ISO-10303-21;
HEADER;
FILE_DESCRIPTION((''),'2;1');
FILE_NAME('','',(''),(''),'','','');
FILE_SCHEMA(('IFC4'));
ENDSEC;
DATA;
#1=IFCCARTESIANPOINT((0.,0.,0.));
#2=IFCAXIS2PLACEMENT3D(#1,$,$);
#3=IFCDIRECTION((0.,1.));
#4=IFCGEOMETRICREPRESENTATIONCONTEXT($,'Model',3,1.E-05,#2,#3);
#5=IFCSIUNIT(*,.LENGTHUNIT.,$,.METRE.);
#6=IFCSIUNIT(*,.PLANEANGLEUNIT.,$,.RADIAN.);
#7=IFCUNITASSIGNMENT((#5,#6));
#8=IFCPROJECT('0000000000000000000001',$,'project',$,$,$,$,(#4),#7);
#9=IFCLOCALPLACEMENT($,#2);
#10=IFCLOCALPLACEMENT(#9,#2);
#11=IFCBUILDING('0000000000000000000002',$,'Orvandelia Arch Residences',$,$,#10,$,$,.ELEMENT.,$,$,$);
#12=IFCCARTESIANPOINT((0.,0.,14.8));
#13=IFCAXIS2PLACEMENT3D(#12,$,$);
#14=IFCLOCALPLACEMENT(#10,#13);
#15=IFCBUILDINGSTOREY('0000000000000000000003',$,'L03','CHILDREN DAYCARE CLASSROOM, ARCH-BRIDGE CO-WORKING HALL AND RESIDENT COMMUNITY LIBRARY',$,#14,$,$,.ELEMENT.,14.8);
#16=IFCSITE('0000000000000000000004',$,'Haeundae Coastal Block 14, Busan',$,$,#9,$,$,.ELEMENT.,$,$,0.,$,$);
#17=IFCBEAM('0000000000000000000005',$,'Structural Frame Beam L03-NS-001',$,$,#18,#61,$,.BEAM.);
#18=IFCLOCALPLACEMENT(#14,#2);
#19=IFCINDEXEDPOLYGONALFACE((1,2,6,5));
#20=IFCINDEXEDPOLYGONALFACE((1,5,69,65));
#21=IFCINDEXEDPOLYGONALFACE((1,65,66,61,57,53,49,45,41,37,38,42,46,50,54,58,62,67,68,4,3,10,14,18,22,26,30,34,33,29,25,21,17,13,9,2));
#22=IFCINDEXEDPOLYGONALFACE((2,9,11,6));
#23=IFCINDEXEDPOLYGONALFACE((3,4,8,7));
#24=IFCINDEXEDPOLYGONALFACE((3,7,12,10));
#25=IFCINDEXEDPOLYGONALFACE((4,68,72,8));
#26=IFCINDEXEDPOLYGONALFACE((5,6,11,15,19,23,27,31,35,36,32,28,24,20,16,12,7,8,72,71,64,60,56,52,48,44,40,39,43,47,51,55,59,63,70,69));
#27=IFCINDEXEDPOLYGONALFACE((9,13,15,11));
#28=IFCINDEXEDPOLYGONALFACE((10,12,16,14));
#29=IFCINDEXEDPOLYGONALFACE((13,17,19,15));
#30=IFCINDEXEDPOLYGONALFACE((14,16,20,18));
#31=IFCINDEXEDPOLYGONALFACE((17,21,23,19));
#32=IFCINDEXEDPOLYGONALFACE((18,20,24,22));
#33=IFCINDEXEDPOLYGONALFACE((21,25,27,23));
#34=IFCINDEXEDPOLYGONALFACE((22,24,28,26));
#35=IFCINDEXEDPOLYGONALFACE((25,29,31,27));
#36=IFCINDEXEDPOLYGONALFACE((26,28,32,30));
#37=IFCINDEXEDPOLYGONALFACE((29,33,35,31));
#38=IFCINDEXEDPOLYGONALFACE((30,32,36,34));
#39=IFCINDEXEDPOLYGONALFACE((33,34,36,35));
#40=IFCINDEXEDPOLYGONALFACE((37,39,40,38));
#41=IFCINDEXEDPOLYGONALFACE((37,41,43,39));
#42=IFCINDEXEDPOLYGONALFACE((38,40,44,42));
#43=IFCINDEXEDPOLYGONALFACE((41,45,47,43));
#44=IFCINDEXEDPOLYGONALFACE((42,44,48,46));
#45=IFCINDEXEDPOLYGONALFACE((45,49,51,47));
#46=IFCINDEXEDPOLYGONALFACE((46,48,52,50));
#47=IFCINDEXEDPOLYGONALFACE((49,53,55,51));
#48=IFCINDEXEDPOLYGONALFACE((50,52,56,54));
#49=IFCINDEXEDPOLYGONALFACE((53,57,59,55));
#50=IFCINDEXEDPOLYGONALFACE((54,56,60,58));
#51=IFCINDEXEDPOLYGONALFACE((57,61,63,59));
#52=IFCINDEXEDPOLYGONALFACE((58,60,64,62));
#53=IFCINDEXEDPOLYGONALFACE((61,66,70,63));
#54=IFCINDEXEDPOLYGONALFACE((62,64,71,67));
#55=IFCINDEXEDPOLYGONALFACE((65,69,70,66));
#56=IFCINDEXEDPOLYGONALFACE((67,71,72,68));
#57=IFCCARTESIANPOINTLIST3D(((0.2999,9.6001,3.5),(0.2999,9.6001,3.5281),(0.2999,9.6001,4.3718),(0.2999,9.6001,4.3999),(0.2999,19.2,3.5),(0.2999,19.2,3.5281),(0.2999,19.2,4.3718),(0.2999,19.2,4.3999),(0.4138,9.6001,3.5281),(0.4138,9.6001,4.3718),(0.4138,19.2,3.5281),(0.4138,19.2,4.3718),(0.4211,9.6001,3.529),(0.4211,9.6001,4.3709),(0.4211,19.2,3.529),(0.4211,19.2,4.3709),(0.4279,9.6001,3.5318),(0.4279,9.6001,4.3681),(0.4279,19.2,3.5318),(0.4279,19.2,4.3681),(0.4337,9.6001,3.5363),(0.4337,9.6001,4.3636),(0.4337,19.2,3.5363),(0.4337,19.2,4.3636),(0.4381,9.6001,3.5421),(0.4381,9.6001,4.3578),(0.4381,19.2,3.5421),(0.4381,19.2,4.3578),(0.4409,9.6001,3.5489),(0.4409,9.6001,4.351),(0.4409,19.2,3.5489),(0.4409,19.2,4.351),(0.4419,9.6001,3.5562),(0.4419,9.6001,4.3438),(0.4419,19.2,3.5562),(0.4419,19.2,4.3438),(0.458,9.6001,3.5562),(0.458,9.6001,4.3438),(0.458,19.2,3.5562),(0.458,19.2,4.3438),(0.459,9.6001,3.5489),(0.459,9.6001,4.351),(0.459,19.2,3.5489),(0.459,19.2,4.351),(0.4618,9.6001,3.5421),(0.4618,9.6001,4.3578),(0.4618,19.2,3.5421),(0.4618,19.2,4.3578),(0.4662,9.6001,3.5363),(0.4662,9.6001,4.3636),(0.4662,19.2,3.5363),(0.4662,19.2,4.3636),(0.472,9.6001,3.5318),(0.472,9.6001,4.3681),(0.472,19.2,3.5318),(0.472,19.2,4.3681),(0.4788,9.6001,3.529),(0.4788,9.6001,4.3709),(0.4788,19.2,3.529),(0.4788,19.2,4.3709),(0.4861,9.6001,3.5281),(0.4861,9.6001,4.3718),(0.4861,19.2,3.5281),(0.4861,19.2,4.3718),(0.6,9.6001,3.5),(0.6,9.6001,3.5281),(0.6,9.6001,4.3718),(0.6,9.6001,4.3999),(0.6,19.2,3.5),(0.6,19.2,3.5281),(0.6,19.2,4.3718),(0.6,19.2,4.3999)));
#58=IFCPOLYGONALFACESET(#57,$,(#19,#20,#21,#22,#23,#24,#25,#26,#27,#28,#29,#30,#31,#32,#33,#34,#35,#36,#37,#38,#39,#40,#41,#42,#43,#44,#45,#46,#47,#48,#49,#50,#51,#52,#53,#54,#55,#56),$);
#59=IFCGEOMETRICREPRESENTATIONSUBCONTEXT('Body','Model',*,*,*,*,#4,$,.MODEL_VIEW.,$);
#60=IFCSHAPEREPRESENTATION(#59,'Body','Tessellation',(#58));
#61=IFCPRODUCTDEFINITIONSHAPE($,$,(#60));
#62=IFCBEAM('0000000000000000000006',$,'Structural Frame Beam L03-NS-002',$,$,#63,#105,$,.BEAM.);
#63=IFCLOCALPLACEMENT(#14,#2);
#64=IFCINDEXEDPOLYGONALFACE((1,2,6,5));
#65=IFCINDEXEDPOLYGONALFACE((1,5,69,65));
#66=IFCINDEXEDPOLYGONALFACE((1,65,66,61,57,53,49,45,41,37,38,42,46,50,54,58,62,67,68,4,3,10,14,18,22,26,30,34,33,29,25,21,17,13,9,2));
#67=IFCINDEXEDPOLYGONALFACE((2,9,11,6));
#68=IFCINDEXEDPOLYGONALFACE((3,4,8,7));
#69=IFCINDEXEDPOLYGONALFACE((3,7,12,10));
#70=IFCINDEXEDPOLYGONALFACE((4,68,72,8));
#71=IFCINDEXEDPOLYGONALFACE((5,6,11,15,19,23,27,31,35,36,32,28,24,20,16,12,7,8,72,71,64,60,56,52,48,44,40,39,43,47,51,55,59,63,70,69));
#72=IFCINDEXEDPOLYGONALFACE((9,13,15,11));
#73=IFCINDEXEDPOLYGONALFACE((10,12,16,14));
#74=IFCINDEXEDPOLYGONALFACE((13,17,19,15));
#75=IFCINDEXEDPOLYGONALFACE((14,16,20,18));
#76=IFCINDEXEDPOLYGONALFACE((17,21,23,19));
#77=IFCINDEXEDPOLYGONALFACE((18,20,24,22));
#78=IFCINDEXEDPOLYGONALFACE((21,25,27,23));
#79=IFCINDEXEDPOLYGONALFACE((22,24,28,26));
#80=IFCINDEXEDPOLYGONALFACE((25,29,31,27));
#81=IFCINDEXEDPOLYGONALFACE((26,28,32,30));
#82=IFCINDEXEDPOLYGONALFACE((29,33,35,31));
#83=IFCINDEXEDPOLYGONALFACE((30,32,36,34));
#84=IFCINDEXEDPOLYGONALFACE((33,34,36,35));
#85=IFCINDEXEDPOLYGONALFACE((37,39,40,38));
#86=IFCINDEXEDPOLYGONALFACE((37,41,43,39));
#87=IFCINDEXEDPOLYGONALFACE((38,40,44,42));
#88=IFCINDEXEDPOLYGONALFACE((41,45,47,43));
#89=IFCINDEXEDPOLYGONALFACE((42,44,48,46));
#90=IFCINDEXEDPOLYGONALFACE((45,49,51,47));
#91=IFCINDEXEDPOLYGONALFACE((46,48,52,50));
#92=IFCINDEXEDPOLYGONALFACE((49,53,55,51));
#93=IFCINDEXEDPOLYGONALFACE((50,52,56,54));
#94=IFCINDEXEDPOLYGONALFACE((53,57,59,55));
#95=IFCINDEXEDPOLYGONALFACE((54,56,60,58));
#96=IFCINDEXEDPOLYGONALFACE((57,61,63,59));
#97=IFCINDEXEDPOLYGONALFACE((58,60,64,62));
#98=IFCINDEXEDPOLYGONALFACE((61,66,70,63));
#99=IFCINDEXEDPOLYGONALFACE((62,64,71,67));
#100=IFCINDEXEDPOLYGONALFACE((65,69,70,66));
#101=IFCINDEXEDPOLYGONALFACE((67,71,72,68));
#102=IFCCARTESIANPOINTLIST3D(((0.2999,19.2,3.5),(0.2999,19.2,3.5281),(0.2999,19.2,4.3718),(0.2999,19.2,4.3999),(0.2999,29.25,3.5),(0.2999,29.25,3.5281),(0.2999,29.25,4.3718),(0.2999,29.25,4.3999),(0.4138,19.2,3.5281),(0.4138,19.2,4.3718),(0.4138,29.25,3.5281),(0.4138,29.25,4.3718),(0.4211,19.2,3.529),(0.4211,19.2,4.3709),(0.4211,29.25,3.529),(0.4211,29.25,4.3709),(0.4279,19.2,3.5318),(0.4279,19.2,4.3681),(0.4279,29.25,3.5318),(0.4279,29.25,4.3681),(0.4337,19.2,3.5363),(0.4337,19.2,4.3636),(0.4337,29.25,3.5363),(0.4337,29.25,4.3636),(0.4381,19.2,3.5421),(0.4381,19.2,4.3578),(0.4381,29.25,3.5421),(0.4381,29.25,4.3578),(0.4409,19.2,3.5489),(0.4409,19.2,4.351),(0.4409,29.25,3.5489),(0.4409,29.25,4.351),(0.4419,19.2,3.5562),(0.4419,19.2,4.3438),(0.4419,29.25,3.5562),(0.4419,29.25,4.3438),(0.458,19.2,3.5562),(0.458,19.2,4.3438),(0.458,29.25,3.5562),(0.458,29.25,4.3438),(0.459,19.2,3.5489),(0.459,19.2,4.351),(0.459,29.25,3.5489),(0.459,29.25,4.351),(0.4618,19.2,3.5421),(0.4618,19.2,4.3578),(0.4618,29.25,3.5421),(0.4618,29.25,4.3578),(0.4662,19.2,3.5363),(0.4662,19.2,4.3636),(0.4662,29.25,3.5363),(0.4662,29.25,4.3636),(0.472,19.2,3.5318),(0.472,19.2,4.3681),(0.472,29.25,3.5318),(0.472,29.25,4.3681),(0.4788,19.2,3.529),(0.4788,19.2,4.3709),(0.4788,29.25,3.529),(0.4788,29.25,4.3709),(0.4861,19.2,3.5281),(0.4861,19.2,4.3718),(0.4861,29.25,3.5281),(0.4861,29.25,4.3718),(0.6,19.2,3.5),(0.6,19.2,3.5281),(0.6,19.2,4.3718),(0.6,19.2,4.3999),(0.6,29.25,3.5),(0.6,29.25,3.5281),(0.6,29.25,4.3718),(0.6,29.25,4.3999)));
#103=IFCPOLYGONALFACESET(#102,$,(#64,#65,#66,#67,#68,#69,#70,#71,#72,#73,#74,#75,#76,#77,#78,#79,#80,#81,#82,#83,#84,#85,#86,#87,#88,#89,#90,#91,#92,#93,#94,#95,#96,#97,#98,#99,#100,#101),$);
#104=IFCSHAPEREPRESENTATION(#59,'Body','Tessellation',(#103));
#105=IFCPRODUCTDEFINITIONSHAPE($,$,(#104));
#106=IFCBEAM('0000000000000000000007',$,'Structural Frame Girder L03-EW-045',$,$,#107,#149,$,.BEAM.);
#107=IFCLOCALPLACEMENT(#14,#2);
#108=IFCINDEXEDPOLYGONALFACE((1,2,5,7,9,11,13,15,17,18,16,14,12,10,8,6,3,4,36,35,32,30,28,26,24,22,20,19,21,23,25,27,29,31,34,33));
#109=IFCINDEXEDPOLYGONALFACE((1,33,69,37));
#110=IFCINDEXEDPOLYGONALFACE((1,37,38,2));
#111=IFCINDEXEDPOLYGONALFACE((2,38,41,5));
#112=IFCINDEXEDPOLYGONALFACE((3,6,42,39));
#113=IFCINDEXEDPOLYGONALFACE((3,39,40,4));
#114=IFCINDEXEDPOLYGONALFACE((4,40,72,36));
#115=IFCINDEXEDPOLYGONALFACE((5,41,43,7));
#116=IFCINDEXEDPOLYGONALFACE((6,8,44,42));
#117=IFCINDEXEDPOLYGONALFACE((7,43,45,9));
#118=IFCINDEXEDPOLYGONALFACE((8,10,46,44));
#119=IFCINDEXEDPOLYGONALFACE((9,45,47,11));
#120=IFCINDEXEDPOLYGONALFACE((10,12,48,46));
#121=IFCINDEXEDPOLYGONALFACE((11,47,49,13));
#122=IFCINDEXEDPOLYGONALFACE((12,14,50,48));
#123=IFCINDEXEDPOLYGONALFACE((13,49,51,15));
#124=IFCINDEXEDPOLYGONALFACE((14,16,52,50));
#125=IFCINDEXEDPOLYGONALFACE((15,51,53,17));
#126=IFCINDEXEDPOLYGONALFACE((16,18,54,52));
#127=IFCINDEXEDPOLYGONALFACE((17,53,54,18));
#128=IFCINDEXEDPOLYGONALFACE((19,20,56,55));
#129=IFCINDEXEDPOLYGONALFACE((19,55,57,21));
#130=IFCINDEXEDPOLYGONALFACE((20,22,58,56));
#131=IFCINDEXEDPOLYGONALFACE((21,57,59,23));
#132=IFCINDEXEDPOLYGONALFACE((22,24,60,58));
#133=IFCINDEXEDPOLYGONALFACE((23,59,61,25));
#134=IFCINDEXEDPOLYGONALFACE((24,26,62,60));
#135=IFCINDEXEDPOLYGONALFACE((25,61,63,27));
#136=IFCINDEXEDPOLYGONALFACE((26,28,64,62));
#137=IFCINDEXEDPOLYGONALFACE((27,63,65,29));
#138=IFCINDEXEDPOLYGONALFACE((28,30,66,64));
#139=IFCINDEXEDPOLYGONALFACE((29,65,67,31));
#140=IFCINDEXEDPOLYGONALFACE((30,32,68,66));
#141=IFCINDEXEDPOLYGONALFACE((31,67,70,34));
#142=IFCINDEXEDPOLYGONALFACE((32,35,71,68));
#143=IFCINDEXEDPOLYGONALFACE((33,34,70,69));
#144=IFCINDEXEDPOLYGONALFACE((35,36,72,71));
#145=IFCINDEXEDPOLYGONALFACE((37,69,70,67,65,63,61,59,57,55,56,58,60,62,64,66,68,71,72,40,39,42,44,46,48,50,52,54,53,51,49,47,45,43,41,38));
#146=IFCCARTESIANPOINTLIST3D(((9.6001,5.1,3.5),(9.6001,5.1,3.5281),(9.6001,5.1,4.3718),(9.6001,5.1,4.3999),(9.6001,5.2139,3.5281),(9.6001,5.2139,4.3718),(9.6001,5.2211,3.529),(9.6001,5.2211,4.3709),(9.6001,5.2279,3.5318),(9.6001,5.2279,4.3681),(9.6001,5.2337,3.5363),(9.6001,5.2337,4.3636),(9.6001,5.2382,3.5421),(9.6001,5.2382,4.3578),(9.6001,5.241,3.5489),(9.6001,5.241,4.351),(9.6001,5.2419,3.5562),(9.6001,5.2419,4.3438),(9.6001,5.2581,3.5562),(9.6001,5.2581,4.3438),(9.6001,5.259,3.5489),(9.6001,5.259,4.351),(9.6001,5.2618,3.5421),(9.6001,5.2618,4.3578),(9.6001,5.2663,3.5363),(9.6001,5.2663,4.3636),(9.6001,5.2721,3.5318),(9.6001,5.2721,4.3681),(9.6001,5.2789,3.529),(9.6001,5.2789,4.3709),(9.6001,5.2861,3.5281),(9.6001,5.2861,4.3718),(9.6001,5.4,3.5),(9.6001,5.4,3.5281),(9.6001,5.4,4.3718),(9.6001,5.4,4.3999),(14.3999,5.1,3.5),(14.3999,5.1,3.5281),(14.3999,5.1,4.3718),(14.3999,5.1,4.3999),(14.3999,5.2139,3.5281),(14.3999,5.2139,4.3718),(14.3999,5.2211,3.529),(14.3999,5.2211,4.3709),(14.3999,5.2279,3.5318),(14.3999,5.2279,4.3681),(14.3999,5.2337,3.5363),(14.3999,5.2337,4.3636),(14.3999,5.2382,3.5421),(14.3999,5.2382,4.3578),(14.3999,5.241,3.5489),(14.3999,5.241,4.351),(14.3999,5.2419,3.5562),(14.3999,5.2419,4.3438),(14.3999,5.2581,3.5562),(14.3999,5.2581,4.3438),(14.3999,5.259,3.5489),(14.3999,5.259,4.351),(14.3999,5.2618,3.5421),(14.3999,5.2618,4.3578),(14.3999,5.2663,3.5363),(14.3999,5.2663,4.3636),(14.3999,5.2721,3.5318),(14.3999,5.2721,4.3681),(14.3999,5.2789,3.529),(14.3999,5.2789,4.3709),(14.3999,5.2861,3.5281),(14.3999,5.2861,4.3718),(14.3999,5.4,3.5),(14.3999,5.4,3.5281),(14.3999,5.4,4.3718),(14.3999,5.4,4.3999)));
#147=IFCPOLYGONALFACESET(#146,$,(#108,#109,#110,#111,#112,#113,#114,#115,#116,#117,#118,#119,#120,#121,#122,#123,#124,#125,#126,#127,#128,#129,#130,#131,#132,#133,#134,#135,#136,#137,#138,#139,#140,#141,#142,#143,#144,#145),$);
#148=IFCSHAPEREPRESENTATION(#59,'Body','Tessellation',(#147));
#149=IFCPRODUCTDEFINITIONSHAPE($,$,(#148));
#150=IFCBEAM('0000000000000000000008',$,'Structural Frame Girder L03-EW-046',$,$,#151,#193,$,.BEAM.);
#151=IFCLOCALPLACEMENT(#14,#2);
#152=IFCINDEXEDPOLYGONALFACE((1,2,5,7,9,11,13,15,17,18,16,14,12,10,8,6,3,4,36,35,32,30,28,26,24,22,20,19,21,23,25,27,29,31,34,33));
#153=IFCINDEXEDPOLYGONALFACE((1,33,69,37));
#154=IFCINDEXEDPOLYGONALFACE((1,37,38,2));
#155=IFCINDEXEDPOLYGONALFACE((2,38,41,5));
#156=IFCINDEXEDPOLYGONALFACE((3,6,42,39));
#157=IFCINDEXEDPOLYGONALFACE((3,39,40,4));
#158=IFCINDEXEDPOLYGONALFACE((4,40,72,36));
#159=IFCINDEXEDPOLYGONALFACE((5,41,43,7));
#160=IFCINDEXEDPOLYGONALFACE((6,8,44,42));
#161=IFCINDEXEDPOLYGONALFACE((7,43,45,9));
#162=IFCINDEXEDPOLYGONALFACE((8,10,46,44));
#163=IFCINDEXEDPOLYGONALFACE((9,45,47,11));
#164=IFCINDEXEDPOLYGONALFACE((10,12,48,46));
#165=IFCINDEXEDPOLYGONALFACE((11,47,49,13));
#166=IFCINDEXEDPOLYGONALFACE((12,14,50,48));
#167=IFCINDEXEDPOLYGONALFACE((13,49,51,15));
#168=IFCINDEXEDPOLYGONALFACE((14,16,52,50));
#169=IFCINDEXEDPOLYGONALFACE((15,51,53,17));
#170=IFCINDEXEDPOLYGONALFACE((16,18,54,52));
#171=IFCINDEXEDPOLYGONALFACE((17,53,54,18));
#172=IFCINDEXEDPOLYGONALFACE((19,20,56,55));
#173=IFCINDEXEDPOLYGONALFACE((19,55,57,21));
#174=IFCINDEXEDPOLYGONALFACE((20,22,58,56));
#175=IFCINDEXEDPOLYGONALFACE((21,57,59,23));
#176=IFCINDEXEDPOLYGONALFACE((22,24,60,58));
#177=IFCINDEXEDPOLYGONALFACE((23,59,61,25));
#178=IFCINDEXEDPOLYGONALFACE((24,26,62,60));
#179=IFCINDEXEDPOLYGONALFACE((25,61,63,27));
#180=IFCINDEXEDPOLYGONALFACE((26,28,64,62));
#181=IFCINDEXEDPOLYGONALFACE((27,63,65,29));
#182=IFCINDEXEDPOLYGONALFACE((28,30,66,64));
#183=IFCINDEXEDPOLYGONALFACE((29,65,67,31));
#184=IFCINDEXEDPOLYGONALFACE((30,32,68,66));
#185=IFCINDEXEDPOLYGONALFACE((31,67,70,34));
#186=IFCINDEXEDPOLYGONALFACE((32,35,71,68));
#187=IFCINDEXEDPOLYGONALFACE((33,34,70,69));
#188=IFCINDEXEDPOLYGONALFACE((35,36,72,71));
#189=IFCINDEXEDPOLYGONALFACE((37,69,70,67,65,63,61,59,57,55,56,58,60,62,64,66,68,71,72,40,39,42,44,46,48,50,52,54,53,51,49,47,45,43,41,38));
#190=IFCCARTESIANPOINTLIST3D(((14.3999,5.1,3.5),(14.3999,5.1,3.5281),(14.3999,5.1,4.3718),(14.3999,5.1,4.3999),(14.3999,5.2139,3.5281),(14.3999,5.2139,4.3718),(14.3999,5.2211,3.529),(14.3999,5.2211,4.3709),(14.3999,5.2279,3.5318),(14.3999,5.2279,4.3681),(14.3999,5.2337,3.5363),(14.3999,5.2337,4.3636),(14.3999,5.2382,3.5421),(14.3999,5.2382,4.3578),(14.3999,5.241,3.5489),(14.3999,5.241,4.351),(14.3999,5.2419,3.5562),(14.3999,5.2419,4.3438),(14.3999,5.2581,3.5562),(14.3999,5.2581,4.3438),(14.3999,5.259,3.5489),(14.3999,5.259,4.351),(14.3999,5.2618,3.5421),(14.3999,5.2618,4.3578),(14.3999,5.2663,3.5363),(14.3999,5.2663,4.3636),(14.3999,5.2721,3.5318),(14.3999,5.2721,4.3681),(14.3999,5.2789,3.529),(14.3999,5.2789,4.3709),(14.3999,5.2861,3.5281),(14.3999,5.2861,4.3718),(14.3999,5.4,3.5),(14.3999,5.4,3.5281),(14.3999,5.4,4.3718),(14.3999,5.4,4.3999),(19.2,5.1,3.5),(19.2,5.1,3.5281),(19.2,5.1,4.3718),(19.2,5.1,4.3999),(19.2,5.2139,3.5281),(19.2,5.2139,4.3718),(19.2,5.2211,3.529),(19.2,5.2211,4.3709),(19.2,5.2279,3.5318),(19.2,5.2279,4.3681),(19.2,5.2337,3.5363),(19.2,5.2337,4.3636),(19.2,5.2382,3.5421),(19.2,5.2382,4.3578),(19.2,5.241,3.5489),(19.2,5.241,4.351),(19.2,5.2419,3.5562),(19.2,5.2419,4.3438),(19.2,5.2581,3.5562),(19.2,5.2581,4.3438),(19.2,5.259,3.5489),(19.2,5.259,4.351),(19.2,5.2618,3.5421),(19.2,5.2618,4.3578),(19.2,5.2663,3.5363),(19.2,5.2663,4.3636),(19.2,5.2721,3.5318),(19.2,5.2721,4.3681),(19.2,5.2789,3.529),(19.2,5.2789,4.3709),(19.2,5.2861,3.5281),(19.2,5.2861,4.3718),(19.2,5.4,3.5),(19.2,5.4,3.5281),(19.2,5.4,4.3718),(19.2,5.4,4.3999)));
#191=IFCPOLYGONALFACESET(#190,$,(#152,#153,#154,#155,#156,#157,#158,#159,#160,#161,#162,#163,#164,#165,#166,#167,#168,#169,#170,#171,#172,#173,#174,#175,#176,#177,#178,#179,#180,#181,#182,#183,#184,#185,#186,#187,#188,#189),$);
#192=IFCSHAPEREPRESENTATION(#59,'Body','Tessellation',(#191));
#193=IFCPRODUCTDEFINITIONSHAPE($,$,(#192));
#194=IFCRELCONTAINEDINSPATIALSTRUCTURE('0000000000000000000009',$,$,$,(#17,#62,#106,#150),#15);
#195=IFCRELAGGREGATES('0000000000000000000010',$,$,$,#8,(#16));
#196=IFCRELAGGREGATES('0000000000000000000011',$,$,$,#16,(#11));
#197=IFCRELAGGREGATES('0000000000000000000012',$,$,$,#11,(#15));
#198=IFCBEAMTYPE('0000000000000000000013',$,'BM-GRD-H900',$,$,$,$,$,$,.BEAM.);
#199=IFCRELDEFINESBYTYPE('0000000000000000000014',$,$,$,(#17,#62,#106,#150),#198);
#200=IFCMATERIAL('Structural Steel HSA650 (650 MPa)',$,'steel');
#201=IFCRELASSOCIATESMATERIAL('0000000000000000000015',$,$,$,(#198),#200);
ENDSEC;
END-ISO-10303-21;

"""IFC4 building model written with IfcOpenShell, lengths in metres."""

from ifc_helpers import new_model, si_unit, direction, frame, origin, origin_2d, place, context, subcontext, project, spatial, i_section, extrude, material, material_profile, profile_set, type_object, element, save


model = new_model("IFC4")

# Units and contexts
model_context = context("Model", 3, precision=1e-05, world=origin(), true_north=direction((0.0, 1.0)))
body_context = subcontext(model_context, "Body", "Model", "MODEL_VIEW")
ifc_project = project(units=[si_unit("LENGTHUNIT", "METRE"), si_unit("PLANEANGLEUNIT", "RADIAN")], contexts=[model_context])

# Site, building, storey
site_placement = place(None, origin())
site = spatial("IfcSite", under=ifc_project, at=site_placement, Name="Haeundae Coastal Block 14, Busan", CompositionType="ELEMENT", RefElevation=0.0)
building_placement = place(site_placement, origin())
building = spatial("IfcBuilding", under=site, at=building_placement, Name="Orvandelia Arch Residences", CompositionType="ELEMENT")
storey_placement = place(building_placement, frame((0.0, 0.0, 14.8)))
storey = spatial("IfcBuildingStorey", under=building, at=storey_placement, Name="L03", Description="CHILDREN DAYCARE CLASSROOM, ARCH-BRIDGE CO-WORKING HALL AND RESIDENT COMMUNITY LIBRARY", CompositionType="ELEMENT", Elevation=14.8)

# Beams
ifc_material_1 = material(Name="Structural Steel HSA650 (650 MPa)", Category="steel")
ifc_material_profile_1 = material_profile(ifc_material_1, i_section(OverallWidth=0.3, OverallDepth=0.8999, WebThickness=0.0161, FlangeThickness=0.0281, FilletRadius=0.0281, at=origin_2d()), Name="Structural Steel HSA650 (650 MPa)", Category="steel")
ifc_profile_set_1 = profile_set([ifc_material_profile_1], Name="Structural Steel HSA650 (650 MPa)")
beam_type_1 = type_object("IfcBeamType", Name="BM-GRD-H900", PredefinedType="BEAM", material=ifc_profile_set_1)
beam_1_placement = place(storey_placement, frame((0.45, 9.6001, 3.95), z_axis=(0.0, 1.0, 0.0), x_axis=(-1.0, 0.0, 0.0)))
element("IfcBeam", 1, at=beam_1_placement, inside=storey, type_object=beam_type_1, Name="Structural Frame Beam L03-NS-001", PredefinedType="BEAM", context=body_context, shape_type="SweptSolid", body=[
    extrude(i_section(OverallWidth=0.3, OverallDepth=0.8999, WebThickness=0.0161, FlangeThickness=0.0281, FilletRadius=0.0281, at=origin_2d()), origin(), (0.0, 0.0, 1.0), 9.5999),
])
beam_2_placement = place(storey_placement, frame((0.45, 19.2, 3.95), z_axis=(0.0, 1.0, 0.0), x_axis=(-1.0, 0.0, 0.0)))
element("IfcBeam", 2, at=beam_2_placement, inside=storey, type_object=beam_type_1, Name="Structural Frame Beam L03-NS-002", PredefinedType="BEAM", context=body_context, shape_type="SweptSolid", body=[
    extrude(i_section(OverallWidth=0.3, OverallDepth=0.8999, WebThickness=0.0161, FlangeThickness=0.0281, FilletRadius=0.0281, at=origin_2d()), origin(), (0.0, 0.0, 1.0), 10.05),
])
beam_3_placement = place(storey_placement, frame((9.6001, 5.25, 3.95), z_axis=(1.0, 0.0, 0.0), x_axis=(0.0, 1.0, 0.0)))
element("IfcBeam", 3, at=beam_3_placement, inside=storey, type_object=beam_type_1, Name="Structural Frame Girder L03-EW-045", PredefinedType="BEAM", context=body_context, shape_type="SweptSolid", body=[
    extrude(i_section(OverallWidth=0.3, OverallDepth=0.8999, WebThickness=0.0161, FlangeThickness=0.0281, FilletRadius=0.0281, at=origin_2d()), origin(), (0.0, 0.0, 1.0), 4.7998),
])
for number, where, z_axis, x_axis, name in (
    (4, (14.3999, 5.25, 3.95), (1.0, 0.0, 0.0), (0.0, 1.0, 0.0), "Structural Frame Girder L03-EW-046"),
):
    element("IfcBeam", number, at=place(storey_placement, frame(where, z_axis=z_axis, x_axis=x_axis)), inside=storey, type_object=beam_type_1, Name=name, PredefinedType="BEAM", context=body_context, shape_type="SweptSolid", body=[
        extrude(i_section(OverallWidth=0.3, OverallDepth=0.8999, WebThickness=0.0161, FlangeThickness=0.0281, FilletRadius=0.0281, at=origin_2d()), origin(), (0.0, 0.0, 1.0), 4.8),
    ])

save(model, "model.ifc")
